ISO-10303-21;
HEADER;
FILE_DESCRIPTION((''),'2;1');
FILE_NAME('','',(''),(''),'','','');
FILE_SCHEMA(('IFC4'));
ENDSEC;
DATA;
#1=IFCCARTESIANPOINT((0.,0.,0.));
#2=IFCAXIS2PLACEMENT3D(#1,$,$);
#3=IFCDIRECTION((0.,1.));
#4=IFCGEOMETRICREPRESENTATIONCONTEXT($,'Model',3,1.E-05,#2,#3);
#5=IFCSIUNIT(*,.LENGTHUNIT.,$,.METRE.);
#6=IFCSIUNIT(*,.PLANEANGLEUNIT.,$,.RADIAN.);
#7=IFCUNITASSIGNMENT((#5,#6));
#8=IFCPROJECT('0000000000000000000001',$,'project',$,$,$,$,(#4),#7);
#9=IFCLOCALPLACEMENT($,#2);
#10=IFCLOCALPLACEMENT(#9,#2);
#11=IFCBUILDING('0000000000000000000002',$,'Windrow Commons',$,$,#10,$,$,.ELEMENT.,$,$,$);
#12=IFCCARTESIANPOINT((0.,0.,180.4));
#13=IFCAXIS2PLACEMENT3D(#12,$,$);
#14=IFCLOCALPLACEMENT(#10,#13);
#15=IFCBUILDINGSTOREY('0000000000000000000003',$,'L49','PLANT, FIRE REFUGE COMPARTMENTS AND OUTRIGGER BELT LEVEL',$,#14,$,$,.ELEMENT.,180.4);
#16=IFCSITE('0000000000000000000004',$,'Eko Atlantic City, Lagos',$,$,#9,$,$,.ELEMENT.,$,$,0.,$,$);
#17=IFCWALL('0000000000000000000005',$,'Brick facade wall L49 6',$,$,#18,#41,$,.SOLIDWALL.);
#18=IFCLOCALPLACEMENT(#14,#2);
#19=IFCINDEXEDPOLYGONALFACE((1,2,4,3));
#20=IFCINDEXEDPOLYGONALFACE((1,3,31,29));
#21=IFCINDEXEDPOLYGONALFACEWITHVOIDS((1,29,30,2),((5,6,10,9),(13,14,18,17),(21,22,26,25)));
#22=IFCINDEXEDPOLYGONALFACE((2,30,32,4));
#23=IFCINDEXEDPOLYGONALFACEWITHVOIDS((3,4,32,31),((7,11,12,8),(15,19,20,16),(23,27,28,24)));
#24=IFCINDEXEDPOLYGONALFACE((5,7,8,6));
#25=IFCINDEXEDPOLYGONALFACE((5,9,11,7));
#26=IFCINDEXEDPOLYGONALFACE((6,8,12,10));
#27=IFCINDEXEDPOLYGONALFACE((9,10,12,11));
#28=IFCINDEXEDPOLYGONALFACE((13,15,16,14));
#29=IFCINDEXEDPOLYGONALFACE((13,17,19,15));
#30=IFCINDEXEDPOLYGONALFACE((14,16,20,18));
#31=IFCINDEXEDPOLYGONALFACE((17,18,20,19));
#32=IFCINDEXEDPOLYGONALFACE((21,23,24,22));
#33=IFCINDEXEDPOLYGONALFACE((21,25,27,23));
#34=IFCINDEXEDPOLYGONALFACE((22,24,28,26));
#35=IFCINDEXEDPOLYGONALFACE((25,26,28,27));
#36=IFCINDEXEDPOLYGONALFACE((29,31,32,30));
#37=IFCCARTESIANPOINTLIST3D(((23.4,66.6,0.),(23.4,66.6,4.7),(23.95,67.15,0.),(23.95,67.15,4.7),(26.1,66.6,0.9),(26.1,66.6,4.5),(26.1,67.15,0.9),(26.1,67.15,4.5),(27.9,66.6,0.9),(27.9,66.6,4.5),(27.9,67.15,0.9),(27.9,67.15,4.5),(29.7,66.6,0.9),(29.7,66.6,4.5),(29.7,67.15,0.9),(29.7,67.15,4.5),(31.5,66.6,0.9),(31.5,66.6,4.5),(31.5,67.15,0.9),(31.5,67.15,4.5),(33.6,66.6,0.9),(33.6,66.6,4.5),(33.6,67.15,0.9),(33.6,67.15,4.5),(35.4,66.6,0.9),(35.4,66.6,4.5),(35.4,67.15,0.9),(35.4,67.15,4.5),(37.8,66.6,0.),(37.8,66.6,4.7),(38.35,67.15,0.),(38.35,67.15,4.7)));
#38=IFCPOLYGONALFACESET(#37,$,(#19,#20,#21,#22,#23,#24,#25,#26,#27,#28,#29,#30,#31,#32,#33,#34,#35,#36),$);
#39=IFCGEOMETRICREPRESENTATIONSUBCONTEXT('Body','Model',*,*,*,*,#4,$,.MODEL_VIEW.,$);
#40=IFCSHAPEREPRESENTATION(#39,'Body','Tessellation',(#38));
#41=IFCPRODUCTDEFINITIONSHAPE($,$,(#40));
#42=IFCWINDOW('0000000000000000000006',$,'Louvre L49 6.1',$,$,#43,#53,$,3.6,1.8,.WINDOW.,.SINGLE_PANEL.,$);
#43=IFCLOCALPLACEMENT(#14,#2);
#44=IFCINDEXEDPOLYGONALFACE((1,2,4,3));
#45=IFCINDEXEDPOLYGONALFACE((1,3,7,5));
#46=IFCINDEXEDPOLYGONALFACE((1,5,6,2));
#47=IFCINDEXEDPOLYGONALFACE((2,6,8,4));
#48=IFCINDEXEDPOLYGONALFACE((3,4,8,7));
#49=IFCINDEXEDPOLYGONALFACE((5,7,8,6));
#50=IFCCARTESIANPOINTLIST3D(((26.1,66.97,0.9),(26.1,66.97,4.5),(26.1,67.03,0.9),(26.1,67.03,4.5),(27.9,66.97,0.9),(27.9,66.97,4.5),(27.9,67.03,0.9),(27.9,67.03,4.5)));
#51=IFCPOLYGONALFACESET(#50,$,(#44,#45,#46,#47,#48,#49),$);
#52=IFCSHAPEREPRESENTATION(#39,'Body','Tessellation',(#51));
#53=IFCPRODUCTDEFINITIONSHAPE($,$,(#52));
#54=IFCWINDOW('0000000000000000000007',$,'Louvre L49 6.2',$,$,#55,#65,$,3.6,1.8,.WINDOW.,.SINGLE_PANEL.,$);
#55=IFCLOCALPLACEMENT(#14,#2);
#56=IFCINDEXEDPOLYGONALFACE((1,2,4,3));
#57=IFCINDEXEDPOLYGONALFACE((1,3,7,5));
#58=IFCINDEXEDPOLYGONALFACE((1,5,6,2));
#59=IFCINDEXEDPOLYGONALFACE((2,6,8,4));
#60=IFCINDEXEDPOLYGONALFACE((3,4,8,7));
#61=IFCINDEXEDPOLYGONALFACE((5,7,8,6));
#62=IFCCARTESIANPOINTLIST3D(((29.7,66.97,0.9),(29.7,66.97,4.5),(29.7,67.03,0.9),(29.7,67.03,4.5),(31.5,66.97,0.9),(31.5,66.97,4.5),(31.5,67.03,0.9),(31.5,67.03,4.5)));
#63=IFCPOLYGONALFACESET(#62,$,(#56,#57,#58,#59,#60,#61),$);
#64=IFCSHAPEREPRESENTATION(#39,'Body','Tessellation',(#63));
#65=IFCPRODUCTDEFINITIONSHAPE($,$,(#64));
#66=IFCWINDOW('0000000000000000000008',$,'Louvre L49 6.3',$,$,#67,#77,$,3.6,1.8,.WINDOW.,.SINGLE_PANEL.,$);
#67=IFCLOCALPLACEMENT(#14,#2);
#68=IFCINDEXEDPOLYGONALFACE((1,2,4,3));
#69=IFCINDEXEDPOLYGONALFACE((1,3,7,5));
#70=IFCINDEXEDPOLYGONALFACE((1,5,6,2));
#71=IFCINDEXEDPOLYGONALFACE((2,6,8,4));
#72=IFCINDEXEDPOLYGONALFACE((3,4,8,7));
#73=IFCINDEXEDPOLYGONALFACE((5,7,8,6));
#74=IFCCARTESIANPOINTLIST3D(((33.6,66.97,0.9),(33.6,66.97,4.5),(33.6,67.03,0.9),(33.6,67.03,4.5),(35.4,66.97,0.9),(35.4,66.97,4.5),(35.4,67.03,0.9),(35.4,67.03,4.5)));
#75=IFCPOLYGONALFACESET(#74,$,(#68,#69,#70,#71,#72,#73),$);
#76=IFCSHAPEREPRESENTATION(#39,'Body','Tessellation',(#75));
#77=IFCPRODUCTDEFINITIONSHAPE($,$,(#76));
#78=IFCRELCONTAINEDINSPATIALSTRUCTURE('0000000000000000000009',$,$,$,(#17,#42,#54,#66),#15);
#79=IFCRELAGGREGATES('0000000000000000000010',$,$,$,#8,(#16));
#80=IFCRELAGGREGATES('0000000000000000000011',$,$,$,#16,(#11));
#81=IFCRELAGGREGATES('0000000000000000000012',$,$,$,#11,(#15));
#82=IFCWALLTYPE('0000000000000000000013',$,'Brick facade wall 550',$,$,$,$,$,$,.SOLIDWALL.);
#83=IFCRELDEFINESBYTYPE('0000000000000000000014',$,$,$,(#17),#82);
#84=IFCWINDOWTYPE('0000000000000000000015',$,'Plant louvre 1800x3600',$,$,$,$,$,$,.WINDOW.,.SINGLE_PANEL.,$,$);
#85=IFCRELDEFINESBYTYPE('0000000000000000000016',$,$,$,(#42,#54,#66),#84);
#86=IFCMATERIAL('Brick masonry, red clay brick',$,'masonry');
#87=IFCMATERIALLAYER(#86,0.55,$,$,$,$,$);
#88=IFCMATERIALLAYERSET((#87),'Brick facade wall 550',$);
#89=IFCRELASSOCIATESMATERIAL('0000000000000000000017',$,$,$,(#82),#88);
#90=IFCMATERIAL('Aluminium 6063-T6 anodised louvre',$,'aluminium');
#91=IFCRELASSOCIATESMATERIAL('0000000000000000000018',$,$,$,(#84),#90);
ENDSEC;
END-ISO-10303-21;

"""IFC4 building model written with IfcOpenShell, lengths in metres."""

from ifc_helpers import new_model, si_unit, direction, frame, frame_2d, origin, place, context, subcontext, project, spatial, polyline, rectangle, outline, extrude, material, layer, layer_set, type_object, element, fill, save


model = new_model("IFC4")

# Units and contexts
model_context = context("Model", 3, precision=1e-05, world=origin(), true_north=direction((0.0, 1.0)))
body_context = subcontext(model_context, "Body", "Model", "MODEL_VIEW")
ifc_project = project(units=[si_unit("LENGTHUNIT", "METRE"), si_unit("PLANEANGLEUNIT", "RADIAN")], contexts=[model_context])

# Site, building, storey
site_placement = place(None, origin())
site = spatial("IfcSite", under=ifc_project, at=site_placement, Name="Eko Atlantic City, Lagos", CompositionType="ELEMENT", RefElevation=0.0)
building_placement = place(site_placement, origin())
building = spatial("IfcBuilding", under=site, at=building_placement, Name="Windrow Commons", CompositionType="ELEMENT")
storey_placement = place(building_placement, frame((0.0, 0.0, 180.4)))
storey = spatial("IfcBuildingStorey", under=building, at=storey_placement, Name="L49", Description="PLANT, FIRE REFUGE COMPARTMENTS AND OUTRIGGER BELT LEVEL", CompositionType="ELEMENT", Elevation=180.4)

# Shared definitions
ifc_material_1 = material(Name="Brick masonry, red clay brick", Category="masonry")
ifc_layer_1 = layer(ifc_material_1, 0.55)
ifc_layer_set_1 = layer_set([ifc_layer_1], Name="Brick facade wall 550")
wall_type_1 = type_object("IfcWallType", Name="Brick facade wall 550", PredefinedType="SOLIDWALL", material=ifc_layer_set_1)

# Wall, openings, windows
wall_1_placement = place(storey_placement, frame((23.675, 66.875, 0.0), z_axis=(0.0, 0.0, 1.0), x_axis=(1.0, 0.0, 0.0)))
wall_1 = element("IfcWall", 1, at=wall_1_placement, inside=storey, type_object=wall_type_1, Name="Brick facade wall L49 6", PredefinedType="SOLIDWALL", context=body_context, shape_type="SweptSolid", body=[
    extrude(outline(polyline([(-0.275, -0.275), (14.125, -0.275), (14.675, 0.275), (0.275, 0.275), (-0.275, -0.275)])), origin(), (0.0, 0.0, 1.0), 4.7),
])
opening_1_placement = place(wall_1_placement, frame((2.425, 0.0, 0.9)))
opening_1 = element("IfcOpeningElement", 2, at=opening_1_placement, cuts=wall_1, PredefinedType="OPENING", context=body_context, shape_type="SweptSolid", body=[
    extrude(rectangle(XDim=1.8, YDim=3.6, at=frame_2d((0.9, 1.8))), frame((0.0, 0.285, 0.0), z_axis=(0.0, -1.0, 0.0), x_axis=(1.0, 0.0, 0.0)), (0.0, 0.0, 1.0), 0.57),
])
opening_2_placement = place(wall_1_placement, frame((6.025, 0.0, 0.9)))
opening_2 = element("IfcOpeningElement", 3, at=opening_2_placement, cuts=wall_1, PredefinedType="OPENING", context=body_context, shape_type="SweptSolid", body=[
    extrude(rectangle(XDim=1.8, YDim=3.6, at=frame_2d((0.9, 1.8))), frame((0.0, 0.285, 0.0), z_axis=(0.0, -1.0, 0.0), x_axis=(1.0, 0.0, 0.0)), (0.0, 0.0, 1.0), 0.57),
])
opening_3_placement = place(wall_1_placement, frame((9.925, 0.0, 0.9)))
opening_3 = element("IfcOpeningElement", 4, at=opening_3_placement, cuts=wall_1, PredefinedType="OPENING", context=body_context, shape_type="SweptSolid", body=[
    extrude(rectangle(XDim=1.8, YDim=3.6, at=frame_2d((0.9, 1.8))), frame((0.0, 0.285, 0.0), z_axis=(0.0, -1.0, 0.0), x_axis=(1.0, 0.0, 0.0)), (0.0, 0.0, 1.0), 0.57),
])
ifc_material_2 = material(Name="Aluminium 6063-T6 anodised louvre", Category="aluminium")
window_type = type_object("IfcWindowType", Name="Plant louvre 1800x3600", PartitioningType="SINGLE_PANEL", PredefinedType="WINDOW", material=ifc_material_2)
window_1_placement = place(opening_1_placement, origin())
window_1 = element("IfcWindow", 5, at=window_1_placement, inside=storey, type_object=window_type, Name="Louvre L49 6.1", OverallHeight=3.6, OverallWidth=1.8, PartitioningType="SINGLE_PANEL", PredefinedType="WINDOW", context=body_context, shape_type="SweptSolid", body=[
    extrude(rectangle(XDim=1.8, YDim=3.6, at=frame_2d((0.9, 1.8))), frame((0.0, 0.155, 0.0), z_axis=(0.0, -1.0, 0.0), x_axis=(1.0, 0.0, 0.0)), (0.0, 0.0, 1.0), 0.06),
])
fill(opening_1, window_1)
window_2_placement = place(opening_2_placement, origin())
window_2 = element("IfcWindow", 6, at=window_2_placement, inside=storey, type_object=window_type, Name="Louvre L49 6.2", OverallHeight=3.6, OverallWidth=1.8, PartitioningType="SINGLE_PANEL", PredefinedType="WINDOW", context=body_context, shape_type="SweptSolid", body=[
    extrude(rectangle(XDim=1.8, YDim=3.6, at=frame_2d((0.9, 1.8))), frame((0.0, 0.155, 0.0), z_axis=(0.0, -1.0, 0.0), x_axis=(1.0, 0.0, 0.0)), (0.0, 0.0, 1.0), 0.06),
])
fill(opening_2, window_2)
window_3_placement = place(opening_3_placement, origin())
window_3 = element("IfcWindow", 7, at=window_3_placement, inside=storey, type_object=window_type, Name="Louvre L49 6.3", OverallHeight=3.6, OverallWidth=1.8, PartitioningType="SINGLE_PANEL", PredefinedType="WINDOW", context=body_context, shape_type="SweptSolid", body=[
    extrude(rectangle(XDim=1.8, YDim=3.6, at=frame_2d((0.9, 1.8))), frame((0.0, 0.155, 0.0), z_axis=(0.0, -1.0, 0.0), x_axis=(1.0, 0.0, 0.0)), (0.0, 0.0, 1.0), 0.06),
])
fill(opening_3, window_3)

save(model, "model.ifc")
